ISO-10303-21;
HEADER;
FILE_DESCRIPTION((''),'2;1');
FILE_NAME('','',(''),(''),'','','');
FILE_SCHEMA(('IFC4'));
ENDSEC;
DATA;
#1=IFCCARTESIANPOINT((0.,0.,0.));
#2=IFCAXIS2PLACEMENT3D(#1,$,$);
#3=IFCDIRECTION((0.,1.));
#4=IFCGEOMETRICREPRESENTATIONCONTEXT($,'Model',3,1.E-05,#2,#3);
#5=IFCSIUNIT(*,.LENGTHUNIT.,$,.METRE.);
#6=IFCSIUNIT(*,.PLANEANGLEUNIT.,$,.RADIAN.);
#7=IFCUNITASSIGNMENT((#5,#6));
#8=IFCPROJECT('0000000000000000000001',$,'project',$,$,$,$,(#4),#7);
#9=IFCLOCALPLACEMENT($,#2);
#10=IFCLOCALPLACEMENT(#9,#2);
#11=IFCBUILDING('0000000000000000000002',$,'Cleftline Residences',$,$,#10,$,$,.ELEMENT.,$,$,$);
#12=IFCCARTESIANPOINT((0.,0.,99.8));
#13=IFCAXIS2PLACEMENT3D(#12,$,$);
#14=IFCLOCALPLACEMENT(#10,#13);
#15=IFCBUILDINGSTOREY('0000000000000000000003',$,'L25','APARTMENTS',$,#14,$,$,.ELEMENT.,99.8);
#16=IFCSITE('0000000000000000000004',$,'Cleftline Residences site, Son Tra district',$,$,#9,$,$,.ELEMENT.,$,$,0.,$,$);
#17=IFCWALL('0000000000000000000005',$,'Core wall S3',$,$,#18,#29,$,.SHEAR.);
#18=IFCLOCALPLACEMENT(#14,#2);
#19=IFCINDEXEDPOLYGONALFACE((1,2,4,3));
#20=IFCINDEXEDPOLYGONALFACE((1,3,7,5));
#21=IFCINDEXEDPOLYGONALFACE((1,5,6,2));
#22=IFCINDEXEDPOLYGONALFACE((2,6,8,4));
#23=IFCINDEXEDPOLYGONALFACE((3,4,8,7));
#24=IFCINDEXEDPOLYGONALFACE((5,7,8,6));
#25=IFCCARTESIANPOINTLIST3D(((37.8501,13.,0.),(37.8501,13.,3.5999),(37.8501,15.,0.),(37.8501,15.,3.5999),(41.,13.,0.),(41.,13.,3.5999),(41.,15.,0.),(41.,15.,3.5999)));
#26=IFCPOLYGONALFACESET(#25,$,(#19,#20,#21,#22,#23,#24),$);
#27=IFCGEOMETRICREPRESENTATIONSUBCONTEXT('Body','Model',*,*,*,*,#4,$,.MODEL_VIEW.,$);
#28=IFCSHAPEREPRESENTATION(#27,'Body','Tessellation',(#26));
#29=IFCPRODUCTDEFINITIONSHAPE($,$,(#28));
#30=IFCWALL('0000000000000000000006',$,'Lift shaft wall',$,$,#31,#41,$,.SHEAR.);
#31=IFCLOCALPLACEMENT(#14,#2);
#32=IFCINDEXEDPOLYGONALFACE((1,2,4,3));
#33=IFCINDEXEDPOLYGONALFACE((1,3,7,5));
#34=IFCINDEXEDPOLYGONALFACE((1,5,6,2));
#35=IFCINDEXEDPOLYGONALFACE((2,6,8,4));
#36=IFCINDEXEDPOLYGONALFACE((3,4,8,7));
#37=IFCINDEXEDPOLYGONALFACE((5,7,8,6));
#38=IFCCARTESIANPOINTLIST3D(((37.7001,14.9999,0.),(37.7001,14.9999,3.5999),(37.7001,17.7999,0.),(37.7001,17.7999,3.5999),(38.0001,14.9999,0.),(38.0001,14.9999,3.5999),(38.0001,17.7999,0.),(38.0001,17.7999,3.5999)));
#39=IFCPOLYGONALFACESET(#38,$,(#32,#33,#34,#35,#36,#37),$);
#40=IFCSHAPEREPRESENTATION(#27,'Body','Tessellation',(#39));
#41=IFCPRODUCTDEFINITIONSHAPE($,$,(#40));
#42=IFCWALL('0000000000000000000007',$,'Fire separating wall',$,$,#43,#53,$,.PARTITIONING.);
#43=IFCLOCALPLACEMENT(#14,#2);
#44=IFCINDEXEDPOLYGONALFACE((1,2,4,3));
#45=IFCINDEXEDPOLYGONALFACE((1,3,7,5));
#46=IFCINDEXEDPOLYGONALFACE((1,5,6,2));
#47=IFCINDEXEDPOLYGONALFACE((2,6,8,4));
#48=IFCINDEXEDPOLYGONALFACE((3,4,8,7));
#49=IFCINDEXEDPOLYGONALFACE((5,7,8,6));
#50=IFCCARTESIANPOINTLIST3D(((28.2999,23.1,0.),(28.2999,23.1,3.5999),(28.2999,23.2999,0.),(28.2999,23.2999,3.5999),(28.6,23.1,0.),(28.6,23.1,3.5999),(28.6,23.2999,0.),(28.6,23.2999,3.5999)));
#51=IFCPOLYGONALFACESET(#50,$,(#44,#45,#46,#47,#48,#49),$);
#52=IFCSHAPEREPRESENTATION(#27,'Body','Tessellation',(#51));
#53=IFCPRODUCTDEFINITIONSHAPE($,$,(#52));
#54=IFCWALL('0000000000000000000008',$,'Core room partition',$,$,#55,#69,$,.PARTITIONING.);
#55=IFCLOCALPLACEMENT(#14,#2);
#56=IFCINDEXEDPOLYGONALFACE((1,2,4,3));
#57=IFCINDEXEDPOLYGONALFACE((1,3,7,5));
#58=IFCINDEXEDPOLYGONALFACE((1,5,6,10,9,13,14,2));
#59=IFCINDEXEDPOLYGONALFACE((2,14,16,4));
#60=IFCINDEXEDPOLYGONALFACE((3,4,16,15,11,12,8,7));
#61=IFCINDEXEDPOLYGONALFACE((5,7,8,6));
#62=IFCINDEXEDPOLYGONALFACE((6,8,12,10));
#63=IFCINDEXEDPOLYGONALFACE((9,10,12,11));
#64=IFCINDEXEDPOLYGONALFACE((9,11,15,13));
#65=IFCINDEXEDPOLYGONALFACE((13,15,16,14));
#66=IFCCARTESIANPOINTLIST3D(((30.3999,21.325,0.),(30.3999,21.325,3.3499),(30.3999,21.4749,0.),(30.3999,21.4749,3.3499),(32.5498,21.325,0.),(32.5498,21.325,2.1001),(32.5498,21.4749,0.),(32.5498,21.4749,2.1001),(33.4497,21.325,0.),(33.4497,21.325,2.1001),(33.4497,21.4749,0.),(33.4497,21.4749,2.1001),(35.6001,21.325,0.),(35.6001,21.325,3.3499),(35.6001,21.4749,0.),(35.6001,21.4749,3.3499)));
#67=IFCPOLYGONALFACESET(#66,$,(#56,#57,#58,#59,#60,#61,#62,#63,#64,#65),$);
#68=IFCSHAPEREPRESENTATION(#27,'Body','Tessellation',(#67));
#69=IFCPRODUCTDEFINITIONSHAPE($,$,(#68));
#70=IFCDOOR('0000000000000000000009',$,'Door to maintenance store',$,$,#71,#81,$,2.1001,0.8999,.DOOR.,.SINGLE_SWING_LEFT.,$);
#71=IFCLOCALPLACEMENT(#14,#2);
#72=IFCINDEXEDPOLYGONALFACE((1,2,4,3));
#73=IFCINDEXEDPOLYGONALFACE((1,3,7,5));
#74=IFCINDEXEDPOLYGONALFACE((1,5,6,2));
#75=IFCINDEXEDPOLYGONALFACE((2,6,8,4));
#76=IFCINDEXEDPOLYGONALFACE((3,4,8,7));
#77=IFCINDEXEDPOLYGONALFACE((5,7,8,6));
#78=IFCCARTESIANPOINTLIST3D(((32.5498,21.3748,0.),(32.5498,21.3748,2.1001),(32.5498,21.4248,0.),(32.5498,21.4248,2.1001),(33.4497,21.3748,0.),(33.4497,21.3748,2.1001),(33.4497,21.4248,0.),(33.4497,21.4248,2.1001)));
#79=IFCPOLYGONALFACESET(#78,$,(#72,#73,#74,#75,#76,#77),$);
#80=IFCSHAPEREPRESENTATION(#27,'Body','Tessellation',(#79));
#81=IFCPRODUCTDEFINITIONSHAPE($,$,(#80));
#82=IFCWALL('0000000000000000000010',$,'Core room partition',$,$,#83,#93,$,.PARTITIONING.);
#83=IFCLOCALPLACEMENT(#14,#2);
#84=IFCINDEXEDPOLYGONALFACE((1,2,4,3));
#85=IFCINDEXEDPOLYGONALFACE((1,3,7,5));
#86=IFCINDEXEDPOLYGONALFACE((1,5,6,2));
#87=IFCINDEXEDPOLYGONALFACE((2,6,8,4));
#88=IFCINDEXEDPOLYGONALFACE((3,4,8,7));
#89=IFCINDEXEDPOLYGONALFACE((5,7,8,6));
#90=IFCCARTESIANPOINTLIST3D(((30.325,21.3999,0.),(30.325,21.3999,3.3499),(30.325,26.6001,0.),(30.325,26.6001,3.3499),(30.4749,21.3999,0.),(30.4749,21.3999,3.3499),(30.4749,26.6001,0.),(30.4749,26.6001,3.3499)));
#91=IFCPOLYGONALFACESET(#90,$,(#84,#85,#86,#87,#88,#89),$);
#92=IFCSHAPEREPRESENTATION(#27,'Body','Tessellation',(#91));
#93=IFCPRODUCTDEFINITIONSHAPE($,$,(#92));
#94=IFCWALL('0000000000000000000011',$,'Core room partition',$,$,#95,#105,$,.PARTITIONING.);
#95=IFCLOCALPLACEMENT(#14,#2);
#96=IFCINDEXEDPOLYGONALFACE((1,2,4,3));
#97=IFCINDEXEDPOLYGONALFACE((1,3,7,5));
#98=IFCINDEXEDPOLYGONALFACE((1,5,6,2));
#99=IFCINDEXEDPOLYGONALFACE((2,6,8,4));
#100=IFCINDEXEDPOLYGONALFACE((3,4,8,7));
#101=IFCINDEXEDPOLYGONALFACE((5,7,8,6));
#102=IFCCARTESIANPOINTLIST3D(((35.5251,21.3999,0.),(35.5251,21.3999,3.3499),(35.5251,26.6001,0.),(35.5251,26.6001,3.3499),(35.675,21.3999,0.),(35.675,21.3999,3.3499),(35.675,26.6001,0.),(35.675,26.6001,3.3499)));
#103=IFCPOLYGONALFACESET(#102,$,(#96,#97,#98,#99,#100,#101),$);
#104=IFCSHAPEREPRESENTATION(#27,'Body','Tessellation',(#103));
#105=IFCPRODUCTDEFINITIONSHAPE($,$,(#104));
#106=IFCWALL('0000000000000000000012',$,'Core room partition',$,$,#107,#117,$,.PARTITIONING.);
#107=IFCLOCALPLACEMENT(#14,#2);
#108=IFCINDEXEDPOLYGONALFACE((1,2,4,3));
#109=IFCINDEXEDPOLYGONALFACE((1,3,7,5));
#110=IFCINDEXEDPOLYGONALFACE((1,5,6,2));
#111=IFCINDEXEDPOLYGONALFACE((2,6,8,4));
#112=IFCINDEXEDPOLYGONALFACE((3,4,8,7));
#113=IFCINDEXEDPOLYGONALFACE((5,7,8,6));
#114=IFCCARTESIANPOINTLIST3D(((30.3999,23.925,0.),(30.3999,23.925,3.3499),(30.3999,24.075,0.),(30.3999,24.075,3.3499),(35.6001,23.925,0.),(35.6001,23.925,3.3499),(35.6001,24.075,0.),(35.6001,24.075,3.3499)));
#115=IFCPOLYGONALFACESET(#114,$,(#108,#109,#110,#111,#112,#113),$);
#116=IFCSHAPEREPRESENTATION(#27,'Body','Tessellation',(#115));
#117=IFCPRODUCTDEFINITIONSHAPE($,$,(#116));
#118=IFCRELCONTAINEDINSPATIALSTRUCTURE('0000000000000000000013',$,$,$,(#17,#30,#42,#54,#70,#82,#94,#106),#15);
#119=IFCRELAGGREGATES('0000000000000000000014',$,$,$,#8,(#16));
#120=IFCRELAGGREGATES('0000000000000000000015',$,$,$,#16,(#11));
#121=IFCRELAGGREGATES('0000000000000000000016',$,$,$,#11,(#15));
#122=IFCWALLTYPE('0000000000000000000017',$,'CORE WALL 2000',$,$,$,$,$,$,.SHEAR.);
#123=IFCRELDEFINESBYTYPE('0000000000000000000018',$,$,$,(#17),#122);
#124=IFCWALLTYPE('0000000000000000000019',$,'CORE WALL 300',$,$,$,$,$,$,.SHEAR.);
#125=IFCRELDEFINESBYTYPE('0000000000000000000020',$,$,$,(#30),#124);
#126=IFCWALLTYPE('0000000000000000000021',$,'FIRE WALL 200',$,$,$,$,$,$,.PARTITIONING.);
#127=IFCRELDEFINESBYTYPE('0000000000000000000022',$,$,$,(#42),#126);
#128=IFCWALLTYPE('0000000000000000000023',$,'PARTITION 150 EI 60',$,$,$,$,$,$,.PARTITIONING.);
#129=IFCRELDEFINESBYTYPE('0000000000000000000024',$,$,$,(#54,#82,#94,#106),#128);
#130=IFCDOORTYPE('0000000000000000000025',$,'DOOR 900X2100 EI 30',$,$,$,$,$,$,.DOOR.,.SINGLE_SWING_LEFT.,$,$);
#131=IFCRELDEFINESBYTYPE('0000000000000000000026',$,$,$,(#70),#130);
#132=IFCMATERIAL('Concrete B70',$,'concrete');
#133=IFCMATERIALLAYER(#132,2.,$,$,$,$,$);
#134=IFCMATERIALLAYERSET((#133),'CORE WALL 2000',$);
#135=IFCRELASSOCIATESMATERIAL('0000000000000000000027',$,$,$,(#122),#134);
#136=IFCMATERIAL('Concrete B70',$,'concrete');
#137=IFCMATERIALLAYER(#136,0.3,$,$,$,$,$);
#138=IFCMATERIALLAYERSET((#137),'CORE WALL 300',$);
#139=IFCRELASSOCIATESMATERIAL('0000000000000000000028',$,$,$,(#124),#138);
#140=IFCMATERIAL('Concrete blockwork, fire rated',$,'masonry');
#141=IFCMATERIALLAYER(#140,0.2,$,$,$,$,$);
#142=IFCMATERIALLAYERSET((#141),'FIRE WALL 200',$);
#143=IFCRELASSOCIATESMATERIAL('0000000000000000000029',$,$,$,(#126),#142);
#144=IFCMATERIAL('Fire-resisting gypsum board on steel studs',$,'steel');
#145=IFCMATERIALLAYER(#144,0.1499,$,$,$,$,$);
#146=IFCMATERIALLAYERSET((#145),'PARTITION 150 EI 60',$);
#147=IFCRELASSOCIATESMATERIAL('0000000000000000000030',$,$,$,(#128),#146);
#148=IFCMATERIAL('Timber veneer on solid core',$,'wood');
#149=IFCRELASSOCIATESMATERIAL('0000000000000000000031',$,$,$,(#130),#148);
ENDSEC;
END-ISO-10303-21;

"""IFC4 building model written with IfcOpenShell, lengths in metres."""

from ifc_helpers import new_model, si_unit, direction, frame, frame_2d, origin, place, context, subcontext, project, spatial, rectangle, extrude, material, layer, layer_set, type_object, element, fill, save


model = new_model("IFC4")

# Units and contexts
model_context = context("Model", 3, precision=1e-05, world=origin(), true_north=direction((0.0, 1.0)))
body_context = subcontext(model_context, "Body", "Model", "MODEL_VIEW")
ifc_project = project(units=[si_unit("LENGTHUNIT", "METRE"), si_unit("PLANEANGLEUNIT", "RADIAN")], contexts=[model_context])

# Site, building, storey
site_placement = place(None, origin())
site = spatial("IfcSite", under=ifc_project, at=site_placement, Name="Cleftline Residences site, Son Tra district", CompositionType="ELEMENT", RefElevation=0.0)
building_placement = place(site_placement, origin())
building = spatial("IfcBuilding", under=site, at=building_placement, Name="Cleftline Residences", CompositionType="ELEMENT")
storey_placement = place(building_placement, frame((0.0, 0.0, 99.8)))
storey = spatial("IfcBuildingStorey", under=building, at=storey_placement, Name="L25", Description="APARTMENTS", CompositionType="ELEMENT", Elevation=99.8)

# Walls
ifc_material_1 = material(Name="Concrete B70", Category="concrete")
ifc_layer_1 = layer(ifc_material_1, 2.0)
ifc_layer_set_1 = layer_set([ifc_layer_1], Name="CORE WALL 2000")
wall_type_1 = type_object("IfcWallType", Name="CORE WALL 2000", PredefinedType="SHEAR", material=ifc_layer_set_1)
wall_1_placement = place(storey_placement, frame((37.8501, 14.0, 0.0), z_axis=(0.0, 0.0, 1.0), x_axis=(1.0, 0.0, 0.0)))
element("IfcWall", 1, at=wall_1_placement, inside=storey, type_object=wall_type_1, Name="Core wall S3", PredefinedType="SHEAR", context=body_context, shape_type="SweptSolid", body=[
    extrude(rectangle(XDim=3.1499, YDim=2.0, at=frame_2d((1.575, 0.0))), origin(), (0.0, 0.0, 1.0), 3.5999),
])
ifc_material_2 = material(Name="Concrete B70", Category="concrete")
ifc_layer_2 = layer(ifc_material_2, 0.3)
ifc_layer_set_2 = layer_set([ifc_layer_2], Name="CORE WALL 300")
wall_type_2 = type_object("IfcWallType", Name="CORE WALL 300", PredefinedType="SHEAR", material=ifc_layer_set_2)
wall_2_placement = place(storey_placement, frame((37.8501, 15.0, 0.0), z_axis=(0.0, 0.0, 1.0), x_axis=(0.0, 1.0, 0.0)))
element("IfcWall", 2, at=wall_2_placement, inside=storey, type_object=wall_type_2, Name="Lift shaft wall", PredefinedType="SHEAR", context=body_context, shape_type="SweptSolid", body=[
    extrude(rectangle(XDim=2.8, YDim=0.3, at=frame_2d((1.3999, 0.0))), origin(), (0.0, 0.0, 1.0), 3.5999),
])
ifc_material_3 = material(Name="Concrete blockwork, fire rated", Category="masonry")
ifc_layer_3 = layer(ifc_material_3, 0.2)
ifc_layer_set_3 = layer_set([ifc_layer_3], Name="FIRE WALL 200")
wall_type_3 = type_object("IfcWallType", Name="FIRE WALL 200", PredefinedType="PARTITIONING", material=ifc_layer_set_3)
wall_3_placement = place(storey_placement, frame((28.3, 23.2, 0.0), z_axis=(0.0, 0.0, 1.0), x_axis=(1.0, 0.0, 0.0)))
element("IfcWall", 3, at=wall_3_placement, inside=storey, type_object=wall_type_3, Name="Fire separating wall", PredefinedType="PARTITIONING", context=body_context, shape_type="SweptSolid", body=[
    extrude(rectangle(XDim=0.3, YDim=0.2, at=frame_2d((0.1499, 0.0))), origin(), (0.0, 0.0, 1.0), 3.5999),
])

# Wall, opening, door
ifc_material_4 = material(Name="Fire-resisting gypsum board on steel studs", Category="steel")
ifc_layer_4 = layer(ifc_material_4, 0.1499)
ifc_layer_set_4 = layer_set([ifc_layer_4], Name="PARTITION 150 EI 60")
wall_type_4 = type_object("IfcWallType", Name="PARTITION 150 EI 60", PredefinedType="PARTITIONING", material=ifc_layer_set_4)
wall_4_placement = place(storey_placement, frame((30.3999, 21.3999, 0.0), z_axis=(0.0, 0.0, 1.0), x_axis=(1.0, 0.0, 0.0)))
wall_4 = element("IfcWall", 4, at=wall_4_placement, inside=storey, type_object=wall_type_4, Name="Core room partition", PredefinedType="PARTITIONING", context=body_context, shape_type="SweptSolid", body=[
    extrude(rectangle(XDim=5.2002, YDim=0.1499, at=frame_2d((2.6001, 0.0))), origin(), (0.0, 0.0, 1.0), 3.3499),
])
opening_1_placement = place(wall_4_placement, frame((2.1499, 0.0, 0.0)))
opening_1 = element("IfcOpeningElement", 5, at=opening_1_placement, cuts=wall_4, PredefinedType="OPENING", context=body_context, shape_type="SweptSolid", body=[
    extrude(rectangle(XDim=0.8999, YDim=2.1001, at=frame_2d((0.45, 1.05))), frame((0.0, 0.085, 0.0), z_axis=(0.0, -1.0, 0.0), x_axis=(1.0, 0.0, 0.0)), (0.0, 0.0, 1.0), 0.1699),
])
ifc_material_5 = material(Name="Timber veneer on solid core", Category="wood")
door_type_1 = type_object("IfcDoorType", Name="DOOR 900X2100 EI 30", OperationType="SINGLE_SWING_LEFT", PredefinedType="DOOR", material=ifc_material_5)
door_1_placement = place(opening_1_placement, origin())
door_1 = element("IfcDoor", 6, at=door_1_placement, inside=storey, type_object=door_type_1, Name="Door to maintenance store", OperationType="SINGLE_SWING_LEFT", OverallHeight=2.1001, OverallWidth=0.8999, PredefinedType="DOOR", context=body_context, shape_type="SweptSolid", body=[
    extrude(rectangle(XDim=0.8999, YDim=2.1001, at=frame_2d((0.45, 1.05))), frame((0.0, 0.0249, 0.0), z_axis=(0.0, -1.0, 0.0), x_axis=(1.0, 0.0, 0.0)), (0.0, 0.0, 1.0), 0.05),
])
fill(opening_1, door_1)

# Walls
for number, where, z_axis, x_axis, name in (
    (7, (30.3999, 21.3999, 0.0), (0.0, 0.0, 1.0), (0.0, 1.0, 0.0), "Core room partition"),
    (8, (35.6001, 21.3999, 0.0), (0.0, 0.0, 1.0), (0.0, 1.0, 0.0), "Core room partition"),
    (9, (30.3999, 24.0, 0.0), (0.0, 0.0, 1.0), (1.0, 0.0, 0.0), "Core room partition"),
):
    element("IfcWall", number, at=place(storey_placement, frame(where, z_axis=z_axis, x_axis=x_axis)), inside=storey, type_object=wall_type_4, Name=name, PredefinedType="PARTITIONING", context=body_context, shape_type="SweptSolid", body=[
        extrude(rectangle(XDim=5.2002, YDim=0.1499, at=frame_2d((2.6001, 0.0))), origin(), (0.0, 0.0, 1.0), 3.3499),
    ])

save(model, "model.ifc")
